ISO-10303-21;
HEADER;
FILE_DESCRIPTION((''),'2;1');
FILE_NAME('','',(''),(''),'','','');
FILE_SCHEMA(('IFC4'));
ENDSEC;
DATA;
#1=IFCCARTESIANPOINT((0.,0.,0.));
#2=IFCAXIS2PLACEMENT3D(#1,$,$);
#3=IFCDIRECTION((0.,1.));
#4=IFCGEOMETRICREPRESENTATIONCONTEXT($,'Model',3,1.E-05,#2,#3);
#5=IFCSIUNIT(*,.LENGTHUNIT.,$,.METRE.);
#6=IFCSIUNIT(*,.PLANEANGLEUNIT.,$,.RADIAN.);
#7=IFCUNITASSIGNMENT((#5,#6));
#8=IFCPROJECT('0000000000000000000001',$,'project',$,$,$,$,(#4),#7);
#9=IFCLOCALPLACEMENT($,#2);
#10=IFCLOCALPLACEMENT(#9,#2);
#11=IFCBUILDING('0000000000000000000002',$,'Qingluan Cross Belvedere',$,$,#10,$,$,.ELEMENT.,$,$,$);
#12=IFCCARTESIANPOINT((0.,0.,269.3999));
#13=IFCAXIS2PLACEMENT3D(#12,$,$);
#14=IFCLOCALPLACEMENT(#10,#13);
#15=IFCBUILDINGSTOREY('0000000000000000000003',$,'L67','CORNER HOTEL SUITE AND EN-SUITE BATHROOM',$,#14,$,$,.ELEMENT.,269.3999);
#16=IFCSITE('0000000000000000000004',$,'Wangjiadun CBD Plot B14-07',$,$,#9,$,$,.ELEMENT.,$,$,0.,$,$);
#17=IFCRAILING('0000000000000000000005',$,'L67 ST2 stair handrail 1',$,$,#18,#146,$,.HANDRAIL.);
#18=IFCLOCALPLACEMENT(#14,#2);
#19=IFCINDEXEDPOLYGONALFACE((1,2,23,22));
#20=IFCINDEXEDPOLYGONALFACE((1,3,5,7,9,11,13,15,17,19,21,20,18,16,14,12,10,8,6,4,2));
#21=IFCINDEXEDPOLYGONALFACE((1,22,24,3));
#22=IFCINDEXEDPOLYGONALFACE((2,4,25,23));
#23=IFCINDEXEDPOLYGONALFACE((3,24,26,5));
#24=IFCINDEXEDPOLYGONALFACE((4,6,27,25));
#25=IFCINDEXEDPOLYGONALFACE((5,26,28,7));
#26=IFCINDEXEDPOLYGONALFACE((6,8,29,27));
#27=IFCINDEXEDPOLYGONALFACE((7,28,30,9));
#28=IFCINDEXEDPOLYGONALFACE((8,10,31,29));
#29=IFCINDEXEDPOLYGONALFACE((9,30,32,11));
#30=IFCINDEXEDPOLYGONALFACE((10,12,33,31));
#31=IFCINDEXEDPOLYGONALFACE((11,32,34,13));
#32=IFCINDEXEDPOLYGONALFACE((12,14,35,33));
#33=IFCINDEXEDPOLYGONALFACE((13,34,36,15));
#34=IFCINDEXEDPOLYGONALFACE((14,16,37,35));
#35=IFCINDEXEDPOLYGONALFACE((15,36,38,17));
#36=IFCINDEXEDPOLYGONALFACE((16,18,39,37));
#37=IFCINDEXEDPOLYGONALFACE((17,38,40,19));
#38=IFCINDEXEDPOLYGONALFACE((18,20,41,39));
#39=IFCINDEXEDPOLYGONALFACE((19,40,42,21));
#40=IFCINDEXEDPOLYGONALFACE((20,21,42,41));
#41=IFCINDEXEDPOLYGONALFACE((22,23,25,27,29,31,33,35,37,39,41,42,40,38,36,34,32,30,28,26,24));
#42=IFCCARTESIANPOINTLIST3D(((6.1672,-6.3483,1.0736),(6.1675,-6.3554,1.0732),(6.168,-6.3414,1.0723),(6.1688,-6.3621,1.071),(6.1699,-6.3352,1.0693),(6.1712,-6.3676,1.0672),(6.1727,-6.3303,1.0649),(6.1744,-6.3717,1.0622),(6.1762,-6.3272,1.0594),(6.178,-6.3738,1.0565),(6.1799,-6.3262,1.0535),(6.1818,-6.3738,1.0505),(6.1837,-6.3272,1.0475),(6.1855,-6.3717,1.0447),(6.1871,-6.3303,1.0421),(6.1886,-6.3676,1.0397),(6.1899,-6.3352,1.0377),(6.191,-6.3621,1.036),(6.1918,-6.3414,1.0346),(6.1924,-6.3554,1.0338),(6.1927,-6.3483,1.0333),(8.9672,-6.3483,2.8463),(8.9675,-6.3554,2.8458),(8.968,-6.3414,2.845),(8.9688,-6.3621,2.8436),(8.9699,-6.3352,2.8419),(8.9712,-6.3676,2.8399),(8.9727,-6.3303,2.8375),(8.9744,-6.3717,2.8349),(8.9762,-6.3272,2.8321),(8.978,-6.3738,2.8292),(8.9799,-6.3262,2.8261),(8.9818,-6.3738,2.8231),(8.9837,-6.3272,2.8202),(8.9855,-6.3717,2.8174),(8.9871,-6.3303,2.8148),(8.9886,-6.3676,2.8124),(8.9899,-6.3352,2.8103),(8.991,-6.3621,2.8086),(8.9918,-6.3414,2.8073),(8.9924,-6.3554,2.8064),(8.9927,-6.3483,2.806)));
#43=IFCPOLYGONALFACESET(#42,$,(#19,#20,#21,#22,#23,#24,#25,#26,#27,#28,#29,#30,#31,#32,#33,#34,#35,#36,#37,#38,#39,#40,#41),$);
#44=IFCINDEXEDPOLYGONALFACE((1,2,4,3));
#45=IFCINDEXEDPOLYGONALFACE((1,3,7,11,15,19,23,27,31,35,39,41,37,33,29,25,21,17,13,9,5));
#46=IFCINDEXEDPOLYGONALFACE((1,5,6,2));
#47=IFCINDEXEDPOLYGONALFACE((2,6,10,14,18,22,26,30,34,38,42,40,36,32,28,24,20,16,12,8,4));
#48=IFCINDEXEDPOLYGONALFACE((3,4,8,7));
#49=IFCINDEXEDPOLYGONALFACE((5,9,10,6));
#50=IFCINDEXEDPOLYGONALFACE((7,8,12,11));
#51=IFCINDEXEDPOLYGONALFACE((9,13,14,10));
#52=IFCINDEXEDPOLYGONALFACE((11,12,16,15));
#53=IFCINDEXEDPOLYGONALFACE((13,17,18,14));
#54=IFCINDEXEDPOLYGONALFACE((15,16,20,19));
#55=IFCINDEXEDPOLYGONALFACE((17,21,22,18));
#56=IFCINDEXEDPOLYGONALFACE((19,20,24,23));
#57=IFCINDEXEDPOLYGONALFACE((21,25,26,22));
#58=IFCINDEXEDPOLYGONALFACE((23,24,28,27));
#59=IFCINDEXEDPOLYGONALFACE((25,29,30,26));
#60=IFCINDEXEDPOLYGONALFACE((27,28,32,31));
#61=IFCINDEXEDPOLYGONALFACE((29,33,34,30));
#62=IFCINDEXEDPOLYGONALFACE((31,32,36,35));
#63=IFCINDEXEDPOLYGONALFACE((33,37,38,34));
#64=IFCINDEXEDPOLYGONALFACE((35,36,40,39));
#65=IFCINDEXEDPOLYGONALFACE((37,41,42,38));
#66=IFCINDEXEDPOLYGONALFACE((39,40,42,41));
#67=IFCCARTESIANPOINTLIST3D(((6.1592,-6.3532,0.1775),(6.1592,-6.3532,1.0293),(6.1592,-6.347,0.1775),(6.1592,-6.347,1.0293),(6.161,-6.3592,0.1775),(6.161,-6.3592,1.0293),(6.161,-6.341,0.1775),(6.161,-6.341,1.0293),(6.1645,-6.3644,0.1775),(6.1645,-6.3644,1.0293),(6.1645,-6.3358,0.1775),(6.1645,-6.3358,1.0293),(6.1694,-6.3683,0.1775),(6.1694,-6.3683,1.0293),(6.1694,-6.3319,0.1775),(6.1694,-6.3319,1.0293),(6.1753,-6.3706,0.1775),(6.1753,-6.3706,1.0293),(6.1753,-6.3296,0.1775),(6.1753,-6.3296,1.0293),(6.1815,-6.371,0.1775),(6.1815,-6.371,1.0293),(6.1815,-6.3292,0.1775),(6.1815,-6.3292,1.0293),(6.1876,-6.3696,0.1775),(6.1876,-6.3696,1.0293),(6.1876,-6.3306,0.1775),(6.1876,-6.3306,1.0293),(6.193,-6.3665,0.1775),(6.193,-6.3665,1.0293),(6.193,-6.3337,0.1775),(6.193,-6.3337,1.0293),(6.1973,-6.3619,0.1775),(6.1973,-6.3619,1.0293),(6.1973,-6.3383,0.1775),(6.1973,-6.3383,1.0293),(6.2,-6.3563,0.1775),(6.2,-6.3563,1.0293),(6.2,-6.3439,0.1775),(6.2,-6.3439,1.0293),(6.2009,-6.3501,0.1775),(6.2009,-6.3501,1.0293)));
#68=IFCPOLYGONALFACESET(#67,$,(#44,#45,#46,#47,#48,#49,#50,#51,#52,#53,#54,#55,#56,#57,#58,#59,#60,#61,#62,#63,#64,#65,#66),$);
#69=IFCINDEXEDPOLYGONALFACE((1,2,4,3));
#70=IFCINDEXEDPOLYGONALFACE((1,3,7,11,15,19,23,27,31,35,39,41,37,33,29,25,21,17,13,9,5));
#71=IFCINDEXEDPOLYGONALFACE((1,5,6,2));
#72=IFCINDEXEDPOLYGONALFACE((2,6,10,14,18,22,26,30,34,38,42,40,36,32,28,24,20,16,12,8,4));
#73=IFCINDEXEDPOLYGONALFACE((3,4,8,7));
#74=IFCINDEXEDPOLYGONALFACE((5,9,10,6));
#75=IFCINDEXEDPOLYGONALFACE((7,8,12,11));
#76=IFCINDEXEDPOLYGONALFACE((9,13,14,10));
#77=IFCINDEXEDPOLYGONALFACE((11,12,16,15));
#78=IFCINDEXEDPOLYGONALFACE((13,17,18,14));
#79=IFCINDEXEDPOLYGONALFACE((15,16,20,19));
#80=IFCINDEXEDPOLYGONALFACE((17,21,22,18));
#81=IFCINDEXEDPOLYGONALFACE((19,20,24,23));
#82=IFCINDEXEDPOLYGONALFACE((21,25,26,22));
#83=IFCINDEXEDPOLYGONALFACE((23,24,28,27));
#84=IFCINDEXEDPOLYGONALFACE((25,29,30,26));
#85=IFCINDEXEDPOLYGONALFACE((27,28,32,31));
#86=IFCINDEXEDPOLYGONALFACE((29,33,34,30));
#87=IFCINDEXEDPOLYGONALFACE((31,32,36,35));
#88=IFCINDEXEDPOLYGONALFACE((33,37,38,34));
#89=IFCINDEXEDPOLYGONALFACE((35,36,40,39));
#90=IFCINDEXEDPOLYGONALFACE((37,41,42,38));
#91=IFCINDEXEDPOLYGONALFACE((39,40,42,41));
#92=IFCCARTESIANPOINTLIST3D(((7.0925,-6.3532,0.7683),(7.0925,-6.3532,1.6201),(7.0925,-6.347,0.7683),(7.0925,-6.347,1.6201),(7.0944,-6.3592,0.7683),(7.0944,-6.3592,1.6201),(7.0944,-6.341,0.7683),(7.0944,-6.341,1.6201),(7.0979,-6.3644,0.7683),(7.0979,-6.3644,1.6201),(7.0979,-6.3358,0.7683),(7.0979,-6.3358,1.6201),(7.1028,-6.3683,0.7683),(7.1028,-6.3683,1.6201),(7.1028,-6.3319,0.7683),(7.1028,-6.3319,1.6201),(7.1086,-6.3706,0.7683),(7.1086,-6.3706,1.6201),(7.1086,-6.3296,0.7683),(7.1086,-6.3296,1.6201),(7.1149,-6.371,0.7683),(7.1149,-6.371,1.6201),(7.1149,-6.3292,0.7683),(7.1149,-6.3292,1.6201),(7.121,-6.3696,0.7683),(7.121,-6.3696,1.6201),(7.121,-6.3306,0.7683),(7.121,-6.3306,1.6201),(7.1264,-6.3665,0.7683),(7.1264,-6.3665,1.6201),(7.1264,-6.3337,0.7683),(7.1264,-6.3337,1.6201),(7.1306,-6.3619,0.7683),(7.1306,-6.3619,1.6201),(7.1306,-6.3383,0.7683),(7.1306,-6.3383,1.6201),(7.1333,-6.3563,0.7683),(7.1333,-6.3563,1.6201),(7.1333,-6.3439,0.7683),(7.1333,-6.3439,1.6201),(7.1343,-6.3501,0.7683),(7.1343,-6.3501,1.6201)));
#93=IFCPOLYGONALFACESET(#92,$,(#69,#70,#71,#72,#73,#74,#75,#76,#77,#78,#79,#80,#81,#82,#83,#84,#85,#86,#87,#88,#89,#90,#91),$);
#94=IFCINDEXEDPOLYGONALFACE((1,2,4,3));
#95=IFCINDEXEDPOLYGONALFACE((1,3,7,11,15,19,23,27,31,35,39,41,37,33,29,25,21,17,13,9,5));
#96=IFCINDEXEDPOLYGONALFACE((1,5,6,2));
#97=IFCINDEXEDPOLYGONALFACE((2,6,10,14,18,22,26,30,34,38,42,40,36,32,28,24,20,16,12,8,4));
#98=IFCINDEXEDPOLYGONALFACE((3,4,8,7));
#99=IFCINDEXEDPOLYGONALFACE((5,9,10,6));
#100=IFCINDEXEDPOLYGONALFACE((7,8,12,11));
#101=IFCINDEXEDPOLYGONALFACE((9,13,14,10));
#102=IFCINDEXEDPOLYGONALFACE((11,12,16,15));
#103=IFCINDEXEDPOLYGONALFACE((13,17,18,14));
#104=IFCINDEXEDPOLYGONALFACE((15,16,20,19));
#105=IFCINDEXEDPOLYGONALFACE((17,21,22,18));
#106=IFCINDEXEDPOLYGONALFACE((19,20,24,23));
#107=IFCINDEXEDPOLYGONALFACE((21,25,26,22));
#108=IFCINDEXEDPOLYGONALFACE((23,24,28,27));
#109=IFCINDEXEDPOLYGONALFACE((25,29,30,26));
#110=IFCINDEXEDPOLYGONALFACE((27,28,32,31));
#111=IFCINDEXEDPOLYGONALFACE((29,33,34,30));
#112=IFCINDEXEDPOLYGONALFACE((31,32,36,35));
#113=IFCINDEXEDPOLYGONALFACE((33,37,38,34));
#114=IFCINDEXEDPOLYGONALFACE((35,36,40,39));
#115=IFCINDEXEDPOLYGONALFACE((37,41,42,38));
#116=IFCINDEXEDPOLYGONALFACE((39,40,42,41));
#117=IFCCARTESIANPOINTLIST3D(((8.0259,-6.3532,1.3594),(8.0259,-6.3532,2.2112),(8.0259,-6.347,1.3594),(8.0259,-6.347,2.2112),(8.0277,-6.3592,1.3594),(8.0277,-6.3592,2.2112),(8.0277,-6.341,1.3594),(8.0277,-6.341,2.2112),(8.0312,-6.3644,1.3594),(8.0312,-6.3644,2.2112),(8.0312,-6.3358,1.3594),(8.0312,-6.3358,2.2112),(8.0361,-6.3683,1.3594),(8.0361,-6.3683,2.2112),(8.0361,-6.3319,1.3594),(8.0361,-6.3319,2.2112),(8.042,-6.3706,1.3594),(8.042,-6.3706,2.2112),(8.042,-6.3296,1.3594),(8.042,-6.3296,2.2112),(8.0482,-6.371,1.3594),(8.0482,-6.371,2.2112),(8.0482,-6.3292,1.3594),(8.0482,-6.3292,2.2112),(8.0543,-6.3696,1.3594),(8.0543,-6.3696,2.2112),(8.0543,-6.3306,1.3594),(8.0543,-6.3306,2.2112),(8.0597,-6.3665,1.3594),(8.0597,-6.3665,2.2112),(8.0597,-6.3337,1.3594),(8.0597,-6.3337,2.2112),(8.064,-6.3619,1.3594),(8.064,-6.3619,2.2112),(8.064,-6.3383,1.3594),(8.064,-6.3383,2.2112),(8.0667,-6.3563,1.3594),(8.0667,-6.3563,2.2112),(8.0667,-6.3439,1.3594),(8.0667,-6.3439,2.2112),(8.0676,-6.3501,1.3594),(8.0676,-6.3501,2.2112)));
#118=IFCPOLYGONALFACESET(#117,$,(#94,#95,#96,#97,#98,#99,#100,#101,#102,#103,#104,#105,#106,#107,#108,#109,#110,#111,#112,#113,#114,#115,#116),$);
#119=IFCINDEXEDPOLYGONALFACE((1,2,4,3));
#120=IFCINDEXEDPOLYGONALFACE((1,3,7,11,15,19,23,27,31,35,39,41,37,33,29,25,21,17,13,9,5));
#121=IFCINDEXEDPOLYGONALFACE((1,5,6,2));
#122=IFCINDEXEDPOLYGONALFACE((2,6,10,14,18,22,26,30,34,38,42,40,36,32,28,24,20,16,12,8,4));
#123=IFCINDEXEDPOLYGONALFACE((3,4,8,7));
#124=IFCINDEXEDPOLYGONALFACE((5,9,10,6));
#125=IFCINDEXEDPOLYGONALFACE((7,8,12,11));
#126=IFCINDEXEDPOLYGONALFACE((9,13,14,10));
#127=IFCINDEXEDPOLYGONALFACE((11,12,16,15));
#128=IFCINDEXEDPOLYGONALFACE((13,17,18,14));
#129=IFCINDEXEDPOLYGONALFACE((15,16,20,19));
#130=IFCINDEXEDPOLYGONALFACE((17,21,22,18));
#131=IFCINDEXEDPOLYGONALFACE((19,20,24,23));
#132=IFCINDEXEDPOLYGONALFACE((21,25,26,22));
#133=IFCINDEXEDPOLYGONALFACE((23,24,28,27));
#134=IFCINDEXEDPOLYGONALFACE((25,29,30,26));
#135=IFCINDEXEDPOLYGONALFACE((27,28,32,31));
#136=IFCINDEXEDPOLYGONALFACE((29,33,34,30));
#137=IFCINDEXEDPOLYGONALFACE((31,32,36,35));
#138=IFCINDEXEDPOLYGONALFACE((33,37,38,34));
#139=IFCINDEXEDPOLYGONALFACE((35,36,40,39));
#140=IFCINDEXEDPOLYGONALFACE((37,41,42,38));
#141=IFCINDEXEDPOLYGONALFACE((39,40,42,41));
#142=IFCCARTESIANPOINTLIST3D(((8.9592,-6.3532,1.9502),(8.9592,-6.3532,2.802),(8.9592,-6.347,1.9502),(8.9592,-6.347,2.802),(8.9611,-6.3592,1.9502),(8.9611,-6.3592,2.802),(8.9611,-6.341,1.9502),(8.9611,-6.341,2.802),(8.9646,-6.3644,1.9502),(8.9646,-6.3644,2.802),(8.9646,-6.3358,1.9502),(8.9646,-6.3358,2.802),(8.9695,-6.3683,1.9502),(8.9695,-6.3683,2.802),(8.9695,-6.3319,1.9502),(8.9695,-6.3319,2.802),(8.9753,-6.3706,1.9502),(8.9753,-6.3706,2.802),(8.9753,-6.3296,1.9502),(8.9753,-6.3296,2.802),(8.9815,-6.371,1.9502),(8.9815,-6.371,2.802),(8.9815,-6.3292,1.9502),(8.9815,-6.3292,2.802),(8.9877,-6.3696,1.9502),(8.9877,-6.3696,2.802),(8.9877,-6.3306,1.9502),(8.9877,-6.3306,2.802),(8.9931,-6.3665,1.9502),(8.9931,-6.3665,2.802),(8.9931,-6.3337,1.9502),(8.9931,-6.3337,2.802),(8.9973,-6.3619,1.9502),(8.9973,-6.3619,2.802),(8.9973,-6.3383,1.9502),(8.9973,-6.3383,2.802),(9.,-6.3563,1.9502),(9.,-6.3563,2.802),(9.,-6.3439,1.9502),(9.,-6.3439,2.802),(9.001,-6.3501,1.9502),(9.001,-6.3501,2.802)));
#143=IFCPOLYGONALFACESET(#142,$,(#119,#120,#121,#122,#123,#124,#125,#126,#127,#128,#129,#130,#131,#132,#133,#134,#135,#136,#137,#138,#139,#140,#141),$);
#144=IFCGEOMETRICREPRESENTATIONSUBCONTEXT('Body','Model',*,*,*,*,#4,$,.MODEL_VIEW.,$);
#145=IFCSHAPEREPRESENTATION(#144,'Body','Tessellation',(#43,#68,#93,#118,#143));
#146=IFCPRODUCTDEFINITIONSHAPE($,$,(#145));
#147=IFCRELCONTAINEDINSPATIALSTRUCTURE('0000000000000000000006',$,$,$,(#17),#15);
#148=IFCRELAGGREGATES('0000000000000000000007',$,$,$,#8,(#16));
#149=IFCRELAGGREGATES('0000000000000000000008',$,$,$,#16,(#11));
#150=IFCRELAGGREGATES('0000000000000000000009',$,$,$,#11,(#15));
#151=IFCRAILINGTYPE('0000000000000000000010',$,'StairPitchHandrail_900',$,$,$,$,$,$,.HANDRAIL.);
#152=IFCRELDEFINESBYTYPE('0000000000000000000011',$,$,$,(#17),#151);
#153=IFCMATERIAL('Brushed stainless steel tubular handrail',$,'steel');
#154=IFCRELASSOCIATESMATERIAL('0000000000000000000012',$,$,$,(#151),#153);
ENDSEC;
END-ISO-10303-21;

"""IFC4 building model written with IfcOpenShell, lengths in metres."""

from ifc_helpers import new_model, si_unit, direction, frame, origin, origin_2d, place, context, subcontext, project, spatial, circle, extrude, material, type_object, element, save


model = new_model("IFC4")

# Units and contexts
model_context = context("Model", 3, precision=1e-05, world=origin(), true_north=direction((0.0, 1.0)))
body_context = subcontext(model_context, "Body", "Model", "MODEL_VIEW")
ifc_project = project(units=[si_unit("LENGTHUNIT", "METRE"), si_unit("PLANEANGLEUNIT", "RADIAN")], contexts=[model_context])

# Site, building, storey
site_placement = place(None, origin())
site = spatial("IfcSite", under=ifc_project, at=site_placement, Name="Wangjiadun CBD Plot B14-07", CompositionType="ELEMENT", RefElevation=0.0)
building_placement = place(site_placement, origin())
building = spatial("IfcBuilding", under=site, at=building_placement, Name="Qingluan Cross Belvedere", CompositionType="ELEMENT")
storey_placement = place(building_placement, frame((0.0, 0.0, 269.3999)))
storey = spatial("IfcBuildingStorey", under=building, at=storey_placement, Name="L67", Description="CORNER HOTEL SUITE AND EN-SUITE BATHROOM", CompositionType="ELEMENT", Elevation=269.3999)

# Railing
ifc_material_1 = material(Name="Brushed stainless steel tubular handrail", Category="steel")
railing_type_1 = type_object("IfcRailingType", Name="StairPitchHandrail_900", PredefinedType="HANDRAIL", material=ifc_material_1)
railing_1_placement = place(storey_placement, frame((6.1799, -6.3501, 0.1775)))
element("IfcRailing", 1, at=railing_1_placement, inside=storey, type_object=railing_type_1, Name="L67 ST2 stair handrail 1", PredefinedType="HANDRAIL", context=body_context, shape_type="SweptSolid", body=[
    extrude(circle(Radius=0.0239, at=origin_2d()), frame((0.0, 0.0, 0.876), z_axis=(0.844909, 0.0, 0.53491), x_axis=(0.0, 1.0, 0.0)), (0.0, 0.0, 1.0), 3.314),
    extrude(circle(Radius=0.021, at=origin_2d()), origin(), (0.0, 0.0, 1.0), 0.8518),
    extrude(circle(Radius=0.021, at=origin_2d()), frame((0.9333, 0.0, 0.5908)), (0.0, 0.0, 1.0), 0.8518),
    extrude(circle(Radius=0.021, at=origin_2d()), frame((1.8667, 0.0, 1.1819)), (0.0, 0.0, 1.0), 0.8518),
    extrude(circle(Radius=0.021, at=origin_2d()), frame((2.8, 0.0, 1.7727)), (0.0, 0.0, 1.0), 0.8518),
])

save(model, "model.ifc")
